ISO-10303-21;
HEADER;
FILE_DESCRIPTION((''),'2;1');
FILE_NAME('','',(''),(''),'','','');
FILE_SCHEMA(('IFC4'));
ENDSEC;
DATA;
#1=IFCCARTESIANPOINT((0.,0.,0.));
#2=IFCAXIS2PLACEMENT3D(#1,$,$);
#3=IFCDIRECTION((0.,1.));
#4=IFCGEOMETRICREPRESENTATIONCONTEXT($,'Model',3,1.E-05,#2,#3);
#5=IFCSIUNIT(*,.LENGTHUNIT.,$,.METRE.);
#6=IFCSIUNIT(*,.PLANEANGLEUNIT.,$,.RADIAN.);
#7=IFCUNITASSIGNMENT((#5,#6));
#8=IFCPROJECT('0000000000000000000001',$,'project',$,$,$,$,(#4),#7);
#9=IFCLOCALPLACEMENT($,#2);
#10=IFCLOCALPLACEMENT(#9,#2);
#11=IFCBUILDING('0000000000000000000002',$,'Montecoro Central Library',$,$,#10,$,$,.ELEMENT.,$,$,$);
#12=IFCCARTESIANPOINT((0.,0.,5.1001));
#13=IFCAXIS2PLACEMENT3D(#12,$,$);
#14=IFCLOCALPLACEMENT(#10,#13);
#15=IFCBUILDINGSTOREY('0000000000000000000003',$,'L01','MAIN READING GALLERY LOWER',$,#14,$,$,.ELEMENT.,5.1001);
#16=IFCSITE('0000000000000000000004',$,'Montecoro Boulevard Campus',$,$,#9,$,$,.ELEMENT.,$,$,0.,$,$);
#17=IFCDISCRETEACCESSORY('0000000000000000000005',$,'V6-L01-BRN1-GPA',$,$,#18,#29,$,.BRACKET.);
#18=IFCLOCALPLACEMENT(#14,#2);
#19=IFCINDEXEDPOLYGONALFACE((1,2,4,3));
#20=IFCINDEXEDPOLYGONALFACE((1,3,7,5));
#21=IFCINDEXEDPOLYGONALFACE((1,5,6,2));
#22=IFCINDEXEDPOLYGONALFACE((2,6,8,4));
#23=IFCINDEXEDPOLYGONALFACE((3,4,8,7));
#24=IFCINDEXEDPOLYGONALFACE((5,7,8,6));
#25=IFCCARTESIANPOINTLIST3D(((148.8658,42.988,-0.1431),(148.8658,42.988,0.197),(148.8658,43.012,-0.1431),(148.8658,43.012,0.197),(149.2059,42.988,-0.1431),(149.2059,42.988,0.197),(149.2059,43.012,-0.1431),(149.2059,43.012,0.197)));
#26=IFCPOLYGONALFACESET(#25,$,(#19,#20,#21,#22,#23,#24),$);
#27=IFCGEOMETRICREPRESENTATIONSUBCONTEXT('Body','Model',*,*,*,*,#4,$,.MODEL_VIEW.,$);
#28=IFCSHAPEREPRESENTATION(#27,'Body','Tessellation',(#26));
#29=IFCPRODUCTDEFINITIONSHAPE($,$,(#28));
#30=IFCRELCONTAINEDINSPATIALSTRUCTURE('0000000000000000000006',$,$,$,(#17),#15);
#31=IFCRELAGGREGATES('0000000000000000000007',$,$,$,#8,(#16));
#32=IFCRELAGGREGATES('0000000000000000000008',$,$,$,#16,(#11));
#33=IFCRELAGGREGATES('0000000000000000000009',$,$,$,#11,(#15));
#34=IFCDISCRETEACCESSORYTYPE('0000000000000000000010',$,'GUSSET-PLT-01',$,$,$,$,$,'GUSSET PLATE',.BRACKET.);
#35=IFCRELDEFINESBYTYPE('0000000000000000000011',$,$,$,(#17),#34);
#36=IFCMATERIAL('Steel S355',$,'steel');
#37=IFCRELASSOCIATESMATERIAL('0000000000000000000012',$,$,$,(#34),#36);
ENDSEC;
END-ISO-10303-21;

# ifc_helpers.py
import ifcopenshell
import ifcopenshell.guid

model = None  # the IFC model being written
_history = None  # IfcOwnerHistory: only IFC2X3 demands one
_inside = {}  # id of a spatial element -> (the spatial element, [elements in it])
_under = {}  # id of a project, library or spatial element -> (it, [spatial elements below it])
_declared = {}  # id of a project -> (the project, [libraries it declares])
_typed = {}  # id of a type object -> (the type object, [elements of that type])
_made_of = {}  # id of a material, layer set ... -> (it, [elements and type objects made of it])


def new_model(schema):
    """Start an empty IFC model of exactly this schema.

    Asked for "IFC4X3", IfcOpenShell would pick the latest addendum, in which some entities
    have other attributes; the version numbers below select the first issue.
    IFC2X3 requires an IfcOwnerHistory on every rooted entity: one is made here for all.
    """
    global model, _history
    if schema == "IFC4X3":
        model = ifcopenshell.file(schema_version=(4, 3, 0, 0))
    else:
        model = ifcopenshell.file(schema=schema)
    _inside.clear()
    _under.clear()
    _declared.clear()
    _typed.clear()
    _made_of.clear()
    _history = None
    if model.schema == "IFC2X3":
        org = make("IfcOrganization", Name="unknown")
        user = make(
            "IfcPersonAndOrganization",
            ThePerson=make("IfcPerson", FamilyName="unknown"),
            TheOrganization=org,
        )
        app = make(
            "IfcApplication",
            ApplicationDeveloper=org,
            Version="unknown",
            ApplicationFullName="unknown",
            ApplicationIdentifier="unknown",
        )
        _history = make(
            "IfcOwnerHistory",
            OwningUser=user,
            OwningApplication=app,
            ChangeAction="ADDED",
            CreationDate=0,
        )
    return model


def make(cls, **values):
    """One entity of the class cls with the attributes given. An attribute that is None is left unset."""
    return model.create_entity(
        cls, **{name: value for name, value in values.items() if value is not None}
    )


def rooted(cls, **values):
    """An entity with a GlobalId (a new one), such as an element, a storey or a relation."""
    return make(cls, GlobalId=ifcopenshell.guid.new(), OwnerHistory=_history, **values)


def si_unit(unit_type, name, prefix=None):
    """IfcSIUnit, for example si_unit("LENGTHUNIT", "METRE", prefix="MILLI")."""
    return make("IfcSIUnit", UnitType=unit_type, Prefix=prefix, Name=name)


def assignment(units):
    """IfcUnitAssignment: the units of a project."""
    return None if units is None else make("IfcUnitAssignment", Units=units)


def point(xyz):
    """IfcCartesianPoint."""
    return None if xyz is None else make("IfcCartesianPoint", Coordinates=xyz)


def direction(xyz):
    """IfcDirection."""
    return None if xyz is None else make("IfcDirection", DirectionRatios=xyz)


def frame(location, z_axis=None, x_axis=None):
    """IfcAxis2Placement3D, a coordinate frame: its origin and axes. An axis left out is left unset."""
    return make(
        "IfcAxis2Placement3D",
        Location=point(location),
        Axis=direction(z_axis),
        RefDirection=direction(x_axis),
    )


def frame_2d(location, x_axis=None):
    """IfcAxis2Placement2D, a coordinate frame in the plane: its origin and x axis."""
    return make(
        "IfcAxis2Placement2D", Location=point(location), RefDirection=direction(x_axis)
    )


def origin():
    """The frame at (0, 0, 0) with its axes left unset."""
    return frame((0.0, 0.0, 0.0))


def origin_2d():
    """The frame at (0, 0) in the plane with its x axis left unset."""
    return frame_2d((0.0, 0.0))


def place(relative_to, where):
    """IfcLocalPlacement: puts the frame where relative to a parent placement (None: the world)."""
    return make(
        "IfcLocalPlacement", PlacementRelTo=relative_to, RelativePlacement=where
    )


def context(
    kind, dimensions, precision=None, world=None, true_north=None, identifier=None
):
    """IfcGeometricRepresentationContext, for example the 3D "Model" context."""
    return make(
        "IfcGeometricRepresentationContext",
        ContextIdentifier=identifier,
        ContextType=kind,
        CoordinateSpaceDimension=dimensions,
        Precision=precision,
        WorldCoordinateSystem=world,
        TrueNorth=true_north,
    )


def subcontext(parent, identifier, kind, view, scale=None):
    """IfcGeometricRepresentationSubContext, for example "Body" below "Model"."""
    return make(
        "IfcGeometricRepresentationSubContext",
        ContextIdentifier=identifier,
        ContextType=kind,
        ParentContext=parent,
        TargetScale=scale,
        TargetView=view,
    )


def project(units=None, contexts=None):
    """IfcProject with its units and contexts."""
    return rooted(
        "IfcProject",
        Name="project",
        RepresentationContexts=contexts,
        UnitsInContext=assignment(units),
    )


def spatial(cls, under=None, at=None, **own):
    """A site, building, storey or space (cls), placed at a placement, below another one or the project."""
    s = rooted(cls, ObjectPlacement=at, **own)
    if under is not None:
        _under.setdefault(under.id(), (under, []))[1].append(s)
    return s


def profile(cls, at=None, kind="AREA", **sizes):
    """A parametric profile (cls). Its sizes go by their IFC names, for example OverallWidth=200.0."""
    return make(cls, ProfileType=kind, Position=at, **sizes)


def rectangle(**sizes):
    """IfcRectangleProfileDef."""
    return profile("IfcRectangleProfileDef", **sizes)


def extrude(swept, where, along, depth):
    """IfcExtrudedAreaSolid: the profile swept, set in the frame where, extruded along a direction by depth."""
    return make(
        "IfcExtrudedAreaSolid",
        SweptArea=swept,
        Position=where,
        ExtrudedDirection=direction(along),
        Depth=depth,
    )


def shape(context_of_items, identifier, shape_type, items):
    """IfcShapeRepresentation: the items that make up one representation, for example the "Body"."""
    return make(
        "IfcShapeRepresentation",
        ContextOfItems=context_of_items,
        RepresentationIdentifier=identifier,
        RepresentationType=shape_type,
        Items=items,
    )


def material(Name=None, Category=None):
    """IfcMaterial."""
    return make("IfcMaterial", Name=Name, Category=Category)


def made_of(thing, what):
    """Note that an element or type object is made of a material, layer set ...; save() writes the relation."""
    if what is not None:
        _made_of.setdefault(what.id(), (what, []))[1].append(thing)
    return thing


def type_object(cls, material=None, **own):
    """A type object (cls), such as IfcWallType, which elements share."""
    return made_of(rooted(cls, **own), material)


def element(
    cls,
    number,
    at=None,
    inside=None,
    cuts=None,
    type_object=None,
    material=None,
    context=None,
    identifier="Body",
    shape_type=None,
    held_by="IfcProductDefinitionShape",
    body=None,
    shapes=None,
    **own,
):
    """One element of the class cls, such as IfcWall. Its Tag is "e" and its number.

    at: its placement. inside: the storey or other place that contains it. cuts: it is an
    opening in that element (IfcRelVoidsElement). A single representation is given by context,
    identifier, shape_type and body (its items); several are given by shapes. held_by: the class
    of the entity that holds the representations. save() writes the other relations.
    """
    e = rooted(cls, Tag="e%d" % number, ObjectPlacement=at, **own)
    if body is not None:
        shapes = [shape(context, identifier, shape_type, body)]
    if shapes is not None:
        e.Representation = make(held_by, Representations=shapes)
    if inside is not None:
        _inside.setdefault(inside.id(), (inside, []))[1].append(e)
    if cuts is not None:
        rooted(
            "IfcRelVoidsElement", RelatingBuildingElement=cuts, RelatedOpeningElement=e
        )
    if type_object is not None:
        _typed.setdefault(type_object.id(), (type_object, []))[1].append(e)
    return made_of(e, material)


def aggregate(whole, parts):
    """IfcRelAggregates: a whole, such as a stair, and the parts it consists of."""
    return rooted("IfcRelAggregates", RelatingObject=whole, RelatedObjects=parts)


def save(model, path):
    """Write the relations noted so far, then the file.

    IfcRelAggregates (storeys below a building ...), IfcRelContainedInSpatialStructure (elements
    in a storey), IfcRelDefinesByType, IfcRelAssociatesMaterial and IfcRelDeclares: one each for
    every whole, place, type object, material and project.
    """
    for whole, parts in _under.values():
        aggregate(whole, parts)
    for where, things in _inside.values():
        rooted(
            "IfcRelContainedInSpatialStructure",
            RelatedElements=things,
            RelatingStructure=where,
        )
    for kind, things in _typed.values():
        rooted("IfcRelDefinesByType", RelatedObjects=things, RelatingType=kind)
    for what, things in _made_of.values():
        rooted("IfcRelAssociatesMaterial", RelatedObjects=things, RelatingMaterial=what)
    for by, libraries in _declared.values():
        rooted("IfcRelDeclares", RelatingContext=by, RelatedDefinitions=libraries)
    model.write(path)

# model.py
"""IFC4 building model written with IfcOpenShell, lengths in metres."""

from ifc_helpers import new_model, si_unit, direction, frame, origin, origin_2d, place, context, subcontext, project, spatial, rectangle, extrude, material, type_object, element, save


model = new_model("IFC4")

# Units and contexts
model_context = context("Model", 3, precision=1e-05, world=origin(), true_north=direction((0.0, 1.0)))
body_context = subcontext(model_context, "Body", "Model", "MODEL_VIEW")
ifc_project = project(units=[si_unit("LENGTHUNIT", "METRE"), si_unit("PLANEANGLEUNIT", "RADIAN")], contexts=[model_context])

# Site, building, storey
site_placement = place(None, origin())
site = spatial("IfcSite", under=ifc_project, at=site_placement, Name="Montecoro Boulevard Campus", CompositionType="ELEMENT", RefElevation=0.0)
building_placement = place(site_placement, origin())
building = spatial("IfcBuilding", under=site, at=building_placement, Name="Montecoro Central Library", CompositionType="ELEMENT")
storey_placement = place(building_placement, frame((0.0, 0.0, 5.1001)))
storey = spatial("IfcBuildingStorey", under=building, at=storey_placement, Name="L01", Description="MAIN READING GALLERY LOWER", CompositionType="ELEMENT", Elevation=5.1001)

# Shared definitions
ifc_material_1 = material(Name="Steel S355", Category="steel")

# Discrete accessory
discrete_accessory_type_1 = type_object("IfcDiscreteAccessoryType", Name="GUSSET-PLT-01", ElementType="GUSSET PLATE", PredefinedType="BRACKET", material=ifc_material_1)
discrete_accessory_1_placement = place(storey_placement, frame((149.0359, 43.0, -0.1431), z_axis=(0.0, 0.0, 1.0), x_axis=(1.0, 0.0, 0.0)))
element("IfcDiscreteAccessory", 1, at=discrete_accessory_1_placement, inside=storey, type_object=discrete_accessory_type_1, Name="V6-L01-BRN1-GPA", PredefinedType="BRACKET", context=body_context, shape_type="SweptSolid", body=[
    extrude(rectangle(XDim=0.3401, YDim=0.0239, at=origin_2d()), origin(), (0.0, 0.0, 1.0), 0.3401),
])

save(model, "model.ifc")
